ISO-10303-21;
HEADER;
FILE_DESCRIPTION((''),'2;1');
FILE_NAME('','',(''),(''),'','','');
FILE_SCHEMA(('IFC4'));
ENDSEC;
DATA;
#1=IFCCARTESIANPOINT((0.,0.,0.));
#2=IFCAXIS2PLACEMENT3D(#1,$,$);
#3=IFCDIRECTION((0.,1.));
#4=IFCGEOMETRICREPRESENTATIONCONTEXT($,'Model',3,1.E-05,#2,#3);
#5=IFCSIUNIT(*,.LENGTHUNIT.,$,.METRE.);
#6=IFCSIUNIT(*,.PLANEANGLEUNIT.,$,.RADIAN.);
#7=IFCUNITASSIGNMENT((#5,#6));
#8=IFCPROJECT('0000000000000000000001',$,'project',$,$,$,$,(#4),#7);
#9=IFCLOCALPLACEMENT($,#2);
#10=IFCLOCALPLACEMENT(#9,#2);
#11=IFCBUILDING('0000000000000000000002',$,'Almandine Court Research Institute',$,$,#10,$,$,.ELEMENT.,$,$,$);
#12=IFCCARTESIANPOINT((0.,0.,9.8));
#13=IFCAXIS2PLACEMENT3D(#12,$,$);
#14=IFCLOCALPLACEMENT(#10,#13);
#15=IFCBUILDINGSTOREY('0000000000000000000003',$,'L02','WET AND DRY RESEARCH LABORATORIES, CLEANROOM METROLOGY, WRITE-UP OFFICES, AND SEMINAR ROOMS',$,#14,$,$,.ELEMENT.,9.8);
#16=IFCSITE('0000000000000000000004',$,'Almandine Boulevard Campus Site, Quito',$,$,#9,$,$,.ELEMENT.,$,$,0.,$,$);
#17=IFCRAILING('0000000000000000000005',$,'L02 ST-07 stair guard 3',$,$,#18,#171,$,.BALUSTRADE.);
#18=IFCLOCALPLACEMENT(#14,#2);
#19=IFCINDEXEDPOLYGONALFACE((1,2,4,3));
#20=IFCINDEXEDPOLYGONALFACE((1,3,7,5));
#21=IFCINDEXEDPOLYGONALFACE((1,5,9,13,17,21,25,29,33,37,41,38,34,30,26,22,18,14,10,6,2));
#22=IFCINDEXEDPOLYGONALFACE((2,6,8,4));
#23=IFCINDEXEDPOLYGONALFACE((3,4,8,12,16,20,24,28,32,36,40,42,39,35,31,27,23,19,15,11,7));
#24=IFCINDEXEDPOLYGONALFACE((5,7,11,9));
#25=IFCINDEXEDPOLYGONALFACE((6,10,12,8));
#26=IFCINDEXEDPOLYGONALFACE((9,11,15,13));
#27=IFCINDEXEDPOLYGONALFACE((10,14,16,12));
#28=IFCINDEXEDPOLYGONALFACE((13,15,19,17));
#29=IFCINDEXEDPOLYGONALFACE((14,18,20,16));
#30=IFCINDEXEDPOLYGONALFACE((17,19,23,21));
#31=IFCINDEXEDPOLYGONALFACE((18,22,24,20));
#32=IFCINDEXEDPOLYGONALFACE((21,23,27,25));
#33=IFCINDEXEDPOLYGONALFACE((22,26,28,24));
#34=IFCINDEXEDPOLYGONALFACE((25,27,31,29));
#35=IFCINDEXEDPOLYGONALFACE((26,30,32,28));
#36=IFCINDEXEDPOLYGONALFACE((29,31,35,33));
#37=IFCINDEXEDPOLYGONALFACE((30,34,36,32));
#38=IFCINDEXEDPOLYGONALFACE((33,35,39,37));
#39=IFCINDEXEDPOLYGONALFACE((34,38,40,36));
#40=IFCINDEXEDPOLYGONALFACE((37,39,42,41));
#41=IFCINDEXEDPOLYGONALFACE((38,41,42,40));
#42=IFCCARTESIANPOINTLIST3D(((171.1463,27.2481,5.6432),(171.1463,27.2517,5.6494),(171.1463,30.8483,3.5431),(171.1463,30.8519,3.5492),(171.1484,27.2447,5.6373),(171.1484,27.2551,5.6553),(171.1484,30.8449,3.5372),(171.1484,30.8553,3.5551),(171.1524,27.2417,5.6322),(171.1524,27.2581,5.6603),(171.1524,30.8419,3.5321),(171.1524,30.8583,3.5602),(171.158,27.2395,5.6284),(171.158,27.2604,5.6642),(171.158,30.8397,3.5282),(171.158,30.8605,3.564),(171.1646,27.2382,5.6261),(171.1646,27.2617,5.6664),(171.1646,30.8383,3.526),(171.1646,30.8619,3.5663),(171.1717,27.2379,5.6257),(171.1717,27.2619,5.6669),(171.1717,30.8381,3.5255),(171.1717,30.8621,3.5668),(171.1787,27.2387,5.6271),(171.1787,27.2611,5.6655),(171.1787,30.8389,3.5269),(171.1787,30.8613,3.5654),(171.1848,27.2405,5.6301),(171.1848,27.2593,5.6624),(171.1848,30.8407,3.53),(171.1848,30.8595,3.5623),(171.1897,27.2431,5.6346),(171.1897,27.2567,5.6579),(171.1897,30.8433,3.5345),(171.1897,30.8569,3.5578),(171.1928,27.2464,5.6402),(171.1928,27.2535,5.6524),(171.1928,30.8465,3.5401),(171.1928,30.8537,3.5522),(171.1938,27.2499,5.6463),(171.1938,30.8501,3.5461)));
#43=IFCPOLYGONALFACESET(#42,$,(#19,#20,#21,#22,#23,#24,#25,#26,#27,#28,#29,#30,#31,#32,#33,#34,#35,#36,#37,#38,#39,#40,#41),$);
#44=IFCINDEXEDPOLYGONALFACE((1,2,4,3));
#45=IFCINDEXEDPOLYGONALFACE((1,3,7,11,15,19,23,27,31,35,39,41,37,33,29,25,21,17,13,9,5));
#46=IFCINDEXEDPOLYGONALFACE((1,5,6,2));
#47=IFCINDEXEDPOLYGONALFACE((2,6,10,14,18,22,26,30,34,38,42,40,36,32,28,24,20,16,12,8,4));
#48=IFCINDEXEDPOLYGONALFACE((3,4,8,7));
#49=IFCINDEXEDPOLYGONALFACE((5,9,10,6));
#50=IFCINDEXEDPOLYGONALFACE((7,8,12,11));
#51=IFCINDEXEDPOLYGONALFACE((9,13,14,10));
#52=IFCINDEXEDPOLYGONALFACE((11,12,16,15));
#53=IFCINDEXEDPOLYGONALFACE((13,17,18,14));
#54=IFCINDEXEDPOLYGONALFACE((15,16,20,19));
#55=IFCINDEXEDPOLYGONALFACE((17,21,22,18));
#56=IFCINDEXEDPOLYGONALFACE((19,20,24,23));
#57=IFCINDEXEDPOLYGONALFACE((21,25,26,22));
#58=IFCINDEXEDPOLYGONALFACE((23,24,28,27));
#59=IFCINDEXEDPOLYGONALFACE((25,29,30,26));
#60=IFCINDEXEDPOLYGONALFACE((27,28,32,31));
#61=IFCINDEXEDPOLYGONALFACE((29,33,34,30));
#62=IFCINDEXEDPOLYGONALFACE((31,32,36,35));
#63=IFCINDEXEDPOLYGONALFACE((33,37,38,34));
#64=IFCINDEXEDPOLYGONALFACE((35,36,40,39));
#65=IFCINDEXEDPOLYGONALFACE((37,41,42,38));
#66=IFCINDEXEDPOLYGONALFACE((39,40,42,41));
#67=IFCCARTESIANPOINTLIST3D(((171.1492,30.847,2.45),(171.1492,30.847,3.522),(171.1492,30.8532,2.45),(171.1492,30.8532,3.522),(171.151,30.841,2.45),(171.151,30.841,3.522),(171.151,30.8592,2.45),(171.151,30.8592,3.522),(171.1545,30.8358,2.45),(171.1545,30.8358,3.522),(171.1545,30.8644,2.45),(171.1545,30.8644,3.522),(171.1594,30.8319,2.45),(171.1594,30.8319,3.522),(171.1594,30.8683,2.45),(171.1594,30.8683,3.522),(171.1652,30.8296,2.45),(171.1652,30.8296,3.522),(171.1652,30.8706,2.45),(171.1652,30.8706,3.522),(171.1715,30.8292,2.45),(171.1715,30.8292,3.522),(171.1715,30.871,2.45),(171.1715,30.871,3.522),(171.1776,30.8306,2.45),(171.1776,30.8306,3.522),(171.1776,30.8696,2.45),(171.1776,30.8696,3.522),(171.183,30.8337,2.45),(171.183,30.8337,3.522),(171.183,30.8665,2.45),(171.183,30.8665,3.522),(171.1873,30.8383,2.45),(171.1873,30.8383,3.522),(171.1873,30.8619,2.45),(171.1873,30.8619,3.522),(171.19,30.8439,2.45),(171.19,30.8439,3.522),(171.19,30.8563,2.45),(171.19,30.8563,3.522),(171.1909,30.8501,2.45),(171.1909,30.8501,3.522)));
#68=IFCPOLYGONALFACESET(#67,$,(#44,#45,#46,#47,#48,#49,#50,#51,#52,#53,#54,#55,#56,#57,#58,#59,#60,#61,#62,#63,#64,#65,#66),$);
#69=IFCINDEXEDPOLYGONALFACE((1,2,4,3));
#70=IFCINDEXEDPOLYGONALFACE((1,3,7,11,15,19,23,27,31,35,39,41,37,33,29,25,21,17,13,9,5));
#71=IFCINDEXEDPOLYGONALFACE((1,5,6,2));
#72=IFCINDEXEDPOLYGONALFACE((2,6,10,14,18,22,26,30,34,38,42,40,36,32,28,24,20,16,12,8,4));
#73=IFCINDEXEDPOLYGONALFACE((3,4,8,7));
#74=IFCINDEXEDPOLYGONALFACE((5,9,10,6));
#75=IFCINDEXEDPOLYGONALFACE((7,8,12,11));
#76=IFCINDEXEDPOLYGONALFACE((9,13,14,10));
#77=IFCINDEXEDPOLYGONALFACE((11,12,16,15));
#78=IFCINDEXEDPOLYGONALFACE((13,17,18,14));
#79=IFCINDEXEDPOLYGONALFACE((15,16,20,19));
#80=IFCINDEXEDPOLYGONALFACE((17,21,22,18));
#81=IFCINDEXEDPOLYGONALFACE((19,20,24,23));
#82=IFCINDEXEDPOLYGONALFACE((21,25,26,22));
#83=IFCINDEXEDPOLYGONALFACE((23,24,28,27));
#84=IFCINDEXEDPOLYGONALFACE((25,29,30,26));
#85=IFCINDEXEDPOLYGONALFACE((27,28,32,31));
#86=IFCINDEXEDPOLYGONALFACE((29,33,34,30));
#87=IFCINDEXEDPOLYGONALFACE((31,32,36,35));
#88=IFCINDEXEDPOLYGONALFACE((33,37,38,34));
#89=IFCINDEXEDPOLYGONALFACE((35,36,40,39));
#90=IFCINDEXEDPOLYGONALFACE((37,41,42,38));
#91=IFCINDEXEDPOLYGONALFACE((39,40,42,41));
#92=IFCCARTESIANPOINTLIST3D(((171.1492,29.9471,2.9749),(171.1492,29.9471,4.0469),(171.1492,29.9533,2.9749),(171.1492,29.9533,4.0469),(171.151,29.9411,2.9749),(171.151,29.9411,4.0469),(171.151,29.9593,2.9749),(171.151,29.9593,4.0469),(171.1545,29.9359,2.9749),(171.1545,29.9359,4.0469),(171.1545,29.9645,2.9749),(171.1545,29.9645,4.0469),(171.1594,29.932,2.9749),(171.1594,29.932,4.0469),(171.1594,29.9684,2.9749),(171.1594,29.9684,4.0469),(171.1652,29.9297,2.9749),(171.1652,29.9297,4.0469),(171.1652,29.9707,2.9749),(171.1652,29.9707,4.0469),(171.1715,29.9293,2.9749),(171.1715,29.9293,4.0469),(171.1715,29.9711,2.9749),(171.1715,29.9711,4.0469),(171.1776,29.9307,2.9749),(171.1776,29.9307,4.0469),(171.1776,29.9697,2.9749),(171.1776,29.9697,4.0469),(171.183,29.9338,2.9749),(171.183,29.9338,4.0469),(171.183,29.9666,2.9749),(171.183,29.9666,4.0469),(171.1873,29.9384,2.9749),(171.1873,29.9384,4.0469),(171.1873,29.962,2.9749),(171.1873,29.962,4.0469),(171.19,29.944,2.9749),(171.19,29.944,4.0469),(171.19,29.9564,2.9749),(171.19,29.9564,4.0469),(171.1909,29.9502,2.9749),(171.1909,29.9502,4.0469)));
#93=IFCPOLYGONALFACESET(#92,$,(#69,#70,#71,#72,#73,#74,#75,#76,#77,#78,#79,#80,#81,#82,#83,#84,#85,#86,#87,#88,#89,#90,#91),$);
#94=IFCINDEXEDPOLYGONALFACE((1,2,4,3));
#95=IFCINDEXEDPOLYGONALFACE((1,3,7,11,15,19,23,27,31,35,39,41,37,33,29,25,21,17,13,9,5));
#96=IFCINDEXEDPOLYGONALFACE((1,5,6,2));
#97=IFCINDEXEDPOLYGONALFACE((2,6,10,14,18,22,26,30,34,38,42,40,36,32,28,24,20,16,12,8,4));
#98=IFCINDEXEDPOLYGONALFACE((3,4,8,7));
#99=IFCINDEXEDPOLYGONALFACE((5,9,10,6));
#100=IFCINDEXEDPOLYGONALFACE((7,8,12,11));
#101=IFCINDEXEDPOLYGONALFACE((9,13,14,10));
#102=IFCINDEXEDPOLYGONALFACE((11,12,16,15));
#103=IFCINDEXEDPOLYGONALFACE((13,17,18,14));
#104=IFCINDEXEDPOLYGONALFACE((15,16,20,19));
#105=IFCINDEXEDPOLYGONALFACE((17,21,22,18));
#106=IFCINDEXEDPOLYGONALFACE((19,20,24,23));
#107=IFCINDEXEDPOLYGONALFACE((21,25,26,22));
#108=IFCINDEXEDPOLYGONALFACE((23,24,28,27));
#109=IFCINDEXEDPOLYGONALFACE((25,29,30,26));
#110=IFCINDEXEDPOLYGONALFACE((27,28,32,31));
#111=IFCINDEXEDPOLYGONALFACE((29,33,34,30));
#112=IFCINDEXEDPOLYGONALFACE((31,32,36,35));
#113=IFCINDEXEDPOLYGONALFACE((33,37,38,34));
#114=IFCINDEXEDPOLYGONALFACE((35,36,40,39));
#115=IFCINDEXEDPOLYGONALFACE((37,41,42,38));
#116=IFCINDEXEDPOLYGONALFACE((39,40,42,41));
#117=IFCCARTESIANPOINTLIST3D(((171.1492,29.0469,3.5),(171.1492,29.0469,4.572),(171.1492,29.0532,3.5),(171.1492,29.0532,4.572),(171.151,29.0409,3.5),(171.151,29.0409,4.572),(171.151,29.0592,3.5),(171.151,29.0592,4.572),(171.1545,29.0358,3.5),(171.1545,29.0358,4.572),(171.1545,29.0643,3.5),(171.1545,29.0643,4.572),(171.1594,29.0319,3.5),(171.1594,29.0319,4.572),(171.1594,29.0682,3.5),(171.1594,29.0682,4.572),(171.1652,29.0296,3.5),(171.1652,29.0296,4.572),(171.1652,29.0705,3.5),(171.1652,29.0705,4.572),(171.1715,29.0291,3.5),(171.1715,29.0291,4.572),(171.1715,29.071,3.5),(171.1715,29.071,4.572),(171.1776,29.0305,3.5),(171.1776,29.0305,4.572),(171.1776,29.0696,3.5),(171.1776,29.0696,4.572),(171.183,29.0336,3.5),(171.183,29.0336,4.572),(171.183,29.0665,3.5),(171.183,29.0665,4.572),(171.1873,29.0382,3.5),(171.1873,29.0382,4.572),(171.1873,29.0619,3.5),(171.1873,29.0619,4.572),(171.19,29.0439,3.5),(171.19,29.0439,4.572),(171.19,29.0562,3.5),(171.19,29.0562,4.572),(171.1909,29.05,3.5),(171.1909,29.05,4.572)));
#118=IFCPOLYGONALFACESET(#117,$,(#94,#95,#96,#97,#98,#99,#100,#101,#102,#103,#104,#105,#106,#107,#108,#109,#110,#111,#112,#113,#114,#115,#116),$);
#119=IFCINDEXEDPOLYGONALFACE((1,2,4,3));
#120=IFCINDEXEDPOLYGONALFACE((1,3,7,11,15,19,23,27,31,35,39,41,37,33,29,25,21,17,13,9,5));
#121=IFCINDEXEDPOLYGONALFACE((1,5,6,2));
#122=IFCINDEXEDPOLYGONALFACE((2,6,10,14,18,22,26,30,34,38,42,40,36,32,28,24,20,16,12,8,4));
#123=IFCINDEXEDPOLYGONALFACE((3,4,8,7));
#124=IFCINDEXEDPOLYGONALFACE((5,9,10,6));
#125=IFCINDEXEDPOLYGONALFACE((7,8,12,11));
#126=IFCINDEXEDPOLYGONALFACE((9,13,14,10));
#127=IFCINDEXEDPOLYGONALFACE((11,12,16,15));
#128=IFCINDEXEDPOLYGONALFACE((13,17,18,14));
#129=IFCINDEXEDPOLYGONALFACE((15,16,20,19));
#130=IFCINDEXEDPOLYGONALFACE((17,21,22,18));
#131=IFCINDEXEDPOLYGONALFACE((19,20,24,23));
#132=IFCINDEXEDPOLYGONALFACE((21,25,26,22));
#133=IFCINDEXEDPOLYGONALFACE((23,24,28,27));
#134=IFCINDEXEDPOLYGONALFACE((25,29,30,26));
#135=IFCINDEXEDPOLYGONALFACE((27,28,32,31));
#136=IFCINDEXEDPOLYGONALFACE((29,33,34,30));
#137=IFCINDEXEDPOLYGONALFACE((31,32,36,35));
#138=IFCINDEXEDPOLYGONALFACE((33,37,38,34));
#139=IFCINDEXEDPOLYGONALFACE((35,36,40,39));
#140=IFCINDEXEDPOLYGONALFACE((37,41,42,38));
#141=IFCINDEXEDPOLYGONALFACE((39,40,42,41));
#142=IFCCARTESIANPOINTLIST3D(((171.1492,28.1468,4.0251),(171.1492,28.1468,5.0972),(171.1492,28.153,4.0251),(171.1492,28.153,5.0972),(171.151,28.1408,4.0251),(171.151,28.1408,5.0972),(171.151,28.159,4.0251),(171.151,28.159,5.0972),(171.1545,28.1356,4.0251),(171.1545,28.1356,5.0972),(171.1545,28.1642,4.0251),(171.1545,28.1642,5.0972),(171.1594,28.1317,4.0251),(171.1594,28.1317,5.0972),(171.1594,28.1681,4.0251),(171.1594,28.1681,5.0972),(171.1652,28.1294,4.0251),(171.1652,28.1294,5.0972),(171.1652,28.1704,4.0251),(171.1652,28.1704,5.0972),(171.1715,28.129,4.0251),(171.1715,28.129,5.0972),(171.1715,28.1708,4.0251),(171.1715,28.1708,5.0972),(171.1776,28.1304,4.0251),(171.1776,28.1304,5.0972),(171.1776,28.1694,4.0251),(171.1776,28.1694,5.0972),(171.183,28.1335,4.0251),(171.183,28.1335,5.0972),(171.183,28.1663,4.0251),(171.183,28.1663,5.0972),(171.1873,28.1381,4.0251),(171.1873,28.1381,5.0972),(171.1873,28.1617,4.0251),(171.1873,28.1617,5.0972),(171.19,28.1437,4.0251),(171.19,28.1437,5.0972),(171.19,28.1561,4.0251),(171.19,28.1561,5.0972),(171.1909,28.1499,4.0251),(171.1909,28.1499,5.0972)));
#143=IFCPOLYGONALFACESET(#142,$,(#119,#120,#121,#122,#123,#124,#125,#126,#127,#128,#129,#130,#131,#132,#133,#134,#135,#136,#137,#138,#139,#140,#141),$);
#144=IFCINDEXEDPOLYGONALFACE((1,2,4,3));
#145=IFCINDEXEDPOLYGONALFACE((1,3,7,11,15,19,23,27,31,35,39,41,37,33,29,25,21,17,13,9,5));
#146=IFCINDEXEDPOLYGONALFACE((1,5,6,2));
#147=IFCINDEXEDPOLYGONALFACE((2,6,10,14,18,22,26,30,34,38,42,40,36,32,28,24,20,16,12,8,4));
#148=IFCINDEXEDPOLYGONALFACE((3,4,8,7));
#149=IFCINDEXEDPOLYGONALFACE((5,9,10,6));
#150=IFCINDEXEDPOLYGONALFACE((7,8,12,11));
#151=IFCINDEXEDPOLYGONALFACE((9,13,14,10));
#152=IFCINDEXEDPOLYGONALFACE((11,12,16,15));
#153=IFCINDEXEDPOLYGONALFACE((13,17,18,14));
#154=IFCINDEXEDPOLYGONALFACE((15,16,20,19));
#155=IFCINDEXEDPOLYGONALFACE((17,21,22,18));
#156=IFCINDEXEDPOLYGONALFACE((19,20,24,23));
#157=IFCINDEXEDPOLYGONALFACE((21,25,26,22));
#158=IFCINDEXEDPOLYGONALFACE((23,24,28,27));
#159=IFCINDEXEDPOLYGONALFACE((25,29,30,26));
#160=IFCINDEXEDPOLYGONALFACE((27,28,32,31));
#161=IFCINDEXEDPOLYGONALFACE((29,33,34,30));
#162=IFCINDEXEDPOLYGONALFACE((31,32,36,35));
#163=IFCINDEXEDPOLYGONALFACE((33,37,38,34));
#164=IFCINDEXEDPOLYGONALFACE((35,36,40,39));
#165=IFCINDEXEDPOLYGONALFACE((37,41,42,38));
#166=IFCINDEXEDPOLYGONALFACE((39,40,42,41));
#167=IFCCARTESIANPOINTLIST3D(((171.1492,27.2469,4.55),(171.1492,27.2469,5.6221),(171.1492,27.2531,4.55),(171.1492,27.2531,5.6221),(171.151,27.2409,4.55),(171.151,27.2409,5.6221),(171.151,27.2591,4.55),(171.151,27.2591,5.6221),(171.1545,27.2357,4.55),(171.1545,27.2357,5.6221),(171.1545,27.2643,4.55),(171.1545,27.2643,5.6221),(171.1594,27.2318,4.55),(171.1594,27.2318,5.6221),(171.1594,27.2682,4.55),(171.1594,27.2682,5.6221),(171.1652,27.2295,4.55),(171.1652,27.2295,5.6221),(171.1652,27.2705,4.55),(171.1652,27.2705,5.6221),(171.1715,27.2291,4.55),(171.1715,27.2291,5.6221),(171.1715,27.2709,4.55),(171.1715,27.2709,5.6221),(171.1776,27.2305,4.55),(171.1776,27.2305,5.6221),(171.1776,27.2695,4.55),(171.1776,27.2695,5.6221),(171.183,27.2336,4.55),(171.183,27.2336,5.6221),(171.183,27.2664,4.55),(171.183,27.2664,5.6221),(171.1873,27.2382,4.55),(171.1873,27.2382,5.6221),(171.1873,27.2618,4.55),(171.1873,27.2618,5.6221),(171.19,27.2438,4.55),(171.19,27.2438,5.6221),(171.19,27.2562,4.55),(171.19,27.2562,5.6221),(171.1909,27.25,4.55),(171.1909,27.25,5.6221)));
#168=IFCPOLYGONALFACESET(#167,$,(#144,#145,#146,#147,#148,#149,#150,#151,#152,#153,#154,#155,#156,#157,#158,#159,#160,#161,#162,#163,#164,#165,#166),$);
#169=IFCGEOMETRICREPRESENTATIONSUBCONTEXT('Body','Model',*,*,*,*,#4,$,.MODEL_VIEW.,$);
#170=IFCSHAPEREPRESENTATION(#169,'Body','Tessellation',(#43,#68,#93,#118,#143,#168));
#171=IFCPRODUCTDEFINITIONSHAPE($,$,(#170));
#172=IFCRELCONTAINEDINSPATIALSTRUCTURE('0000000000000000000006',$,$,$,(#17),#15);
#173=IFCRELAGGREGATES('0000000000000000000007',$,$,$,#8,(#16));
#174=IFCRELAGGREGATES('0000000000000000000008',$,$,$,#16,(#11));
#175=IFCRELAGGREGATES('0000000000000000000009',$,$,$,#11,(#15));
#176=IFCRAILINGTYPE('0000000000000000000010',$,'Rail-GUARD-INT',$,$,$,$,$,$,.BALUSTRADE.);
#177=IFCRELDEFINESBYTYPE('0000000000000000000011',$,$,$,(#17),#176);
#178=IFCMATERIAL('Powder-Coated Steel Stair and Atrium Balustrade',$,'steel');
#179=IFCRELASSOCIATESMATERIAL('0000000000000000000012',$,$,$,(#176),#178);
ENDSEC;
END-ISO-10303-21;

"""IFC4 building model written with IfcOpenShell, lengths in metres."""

from ifc_helpers import new_model, si_unit, direction, frame, origin, origin_2d, place, context, subcontext, project, spatial, circle, extrude, material, type_object, element, save


model = new_model("IFC4")

# Units and contexts
model_context = context("Model", 3, precision=1e-05, world=origin(), true_north=direction((0.0, 1.0)))
body_context = subcontext(model_context, "Body", "Model", "MODEL_VIEW")
ifc_project = project(units=[si_unit("LENGTHUNIT", "METRE"), si_unit("PLANEANGLEUNIT", "RADIAN")], contexts=[model_context])

# Site, building, storey
site_placement = place(None, origin())
site = spatial("IfcSite", under=ifc_project, at=site_placement, Name="Almandine Boulevard Campus Site, Quito", CompositionType="ELEMENT", RefElevation=0.0)
building_placement = place(site_placement, origin())
building = spatial("IfcBuilding", under=site, at=building_placement, Name="Almandine Court Research Institute", CompositionType="ELEMENT")
storey_placement = place(building_placement, frame((0.0, 0.0, 9.8)))
storey = spatial("IfcBuildingStorey", under=building, at=storey_placement, Name="L02", Description="WET AND DRY RESEARCH LABORATORIES, CLEANROOM METROLOGY, WRITE-UP OFFICES, AND SEMINAR ROOMS", CompositionType="ELEMENT", Elevation=9.8)

# Railing
ifc_material_1 = material(Name="Powder-Coated Steel Stair and Atrium Balustrade", Category="steel")
railing_type_1 = type_object("IfcRailingType", Name="Rail-GUARD-INT", PredefinedType="BALUSTRADE", material=ifc_material_1)
railing_1_placement = place(storey_placement, frame((171.1699, 30.8501, 2.45)))
element("IfcRailing", 1, at=railing_1_placement, inside=storey, type_object=railing_type_1, Name="L02 ST-07 stair guard 3", PredefinedType="BALUSTRADE", context=body_context, shape_type="SweptSolid", body=[
    extrude(circle(Radius=0.0239, at=origin_2d()), frame((0.0, 0.0, 1.0962), z_axis=(0.0, -0.863775, 0.503878), x_axis=(1.0, 0.0, 0.0)), (0.0, 0.0, 1.0), 4.168),
    extrude(circle(Radius=0.021, at=origin_2d()), origin(), (0.0, 0.0, 1.0), 1.072),
    extrude(circle(Radius=0.021, at=origin_2d()), frame((0.0, -0.8999, 0.5249)), (0.0, 0.0, 1.0), 1.072),
    extrude(circle(Radius=0.021, at=origin_2d()), frame((0.0, -1.8, 1.05)), (0.0, 0.0, 1.0), 1.072),
    extrude(circle(Radius=0.021, at=origin_2d()), frame((0.0, -2.7002, 1.5752)), (0.0, 0.0, 1.0), 1.072),
    extrude(circle(Radius=0.021, at=origin_2d()), frame((0.0, -3.6001, 2.1001)), (0.0, 0.0, 1.0), 1.072),
])

save(model, "model.ifc")
